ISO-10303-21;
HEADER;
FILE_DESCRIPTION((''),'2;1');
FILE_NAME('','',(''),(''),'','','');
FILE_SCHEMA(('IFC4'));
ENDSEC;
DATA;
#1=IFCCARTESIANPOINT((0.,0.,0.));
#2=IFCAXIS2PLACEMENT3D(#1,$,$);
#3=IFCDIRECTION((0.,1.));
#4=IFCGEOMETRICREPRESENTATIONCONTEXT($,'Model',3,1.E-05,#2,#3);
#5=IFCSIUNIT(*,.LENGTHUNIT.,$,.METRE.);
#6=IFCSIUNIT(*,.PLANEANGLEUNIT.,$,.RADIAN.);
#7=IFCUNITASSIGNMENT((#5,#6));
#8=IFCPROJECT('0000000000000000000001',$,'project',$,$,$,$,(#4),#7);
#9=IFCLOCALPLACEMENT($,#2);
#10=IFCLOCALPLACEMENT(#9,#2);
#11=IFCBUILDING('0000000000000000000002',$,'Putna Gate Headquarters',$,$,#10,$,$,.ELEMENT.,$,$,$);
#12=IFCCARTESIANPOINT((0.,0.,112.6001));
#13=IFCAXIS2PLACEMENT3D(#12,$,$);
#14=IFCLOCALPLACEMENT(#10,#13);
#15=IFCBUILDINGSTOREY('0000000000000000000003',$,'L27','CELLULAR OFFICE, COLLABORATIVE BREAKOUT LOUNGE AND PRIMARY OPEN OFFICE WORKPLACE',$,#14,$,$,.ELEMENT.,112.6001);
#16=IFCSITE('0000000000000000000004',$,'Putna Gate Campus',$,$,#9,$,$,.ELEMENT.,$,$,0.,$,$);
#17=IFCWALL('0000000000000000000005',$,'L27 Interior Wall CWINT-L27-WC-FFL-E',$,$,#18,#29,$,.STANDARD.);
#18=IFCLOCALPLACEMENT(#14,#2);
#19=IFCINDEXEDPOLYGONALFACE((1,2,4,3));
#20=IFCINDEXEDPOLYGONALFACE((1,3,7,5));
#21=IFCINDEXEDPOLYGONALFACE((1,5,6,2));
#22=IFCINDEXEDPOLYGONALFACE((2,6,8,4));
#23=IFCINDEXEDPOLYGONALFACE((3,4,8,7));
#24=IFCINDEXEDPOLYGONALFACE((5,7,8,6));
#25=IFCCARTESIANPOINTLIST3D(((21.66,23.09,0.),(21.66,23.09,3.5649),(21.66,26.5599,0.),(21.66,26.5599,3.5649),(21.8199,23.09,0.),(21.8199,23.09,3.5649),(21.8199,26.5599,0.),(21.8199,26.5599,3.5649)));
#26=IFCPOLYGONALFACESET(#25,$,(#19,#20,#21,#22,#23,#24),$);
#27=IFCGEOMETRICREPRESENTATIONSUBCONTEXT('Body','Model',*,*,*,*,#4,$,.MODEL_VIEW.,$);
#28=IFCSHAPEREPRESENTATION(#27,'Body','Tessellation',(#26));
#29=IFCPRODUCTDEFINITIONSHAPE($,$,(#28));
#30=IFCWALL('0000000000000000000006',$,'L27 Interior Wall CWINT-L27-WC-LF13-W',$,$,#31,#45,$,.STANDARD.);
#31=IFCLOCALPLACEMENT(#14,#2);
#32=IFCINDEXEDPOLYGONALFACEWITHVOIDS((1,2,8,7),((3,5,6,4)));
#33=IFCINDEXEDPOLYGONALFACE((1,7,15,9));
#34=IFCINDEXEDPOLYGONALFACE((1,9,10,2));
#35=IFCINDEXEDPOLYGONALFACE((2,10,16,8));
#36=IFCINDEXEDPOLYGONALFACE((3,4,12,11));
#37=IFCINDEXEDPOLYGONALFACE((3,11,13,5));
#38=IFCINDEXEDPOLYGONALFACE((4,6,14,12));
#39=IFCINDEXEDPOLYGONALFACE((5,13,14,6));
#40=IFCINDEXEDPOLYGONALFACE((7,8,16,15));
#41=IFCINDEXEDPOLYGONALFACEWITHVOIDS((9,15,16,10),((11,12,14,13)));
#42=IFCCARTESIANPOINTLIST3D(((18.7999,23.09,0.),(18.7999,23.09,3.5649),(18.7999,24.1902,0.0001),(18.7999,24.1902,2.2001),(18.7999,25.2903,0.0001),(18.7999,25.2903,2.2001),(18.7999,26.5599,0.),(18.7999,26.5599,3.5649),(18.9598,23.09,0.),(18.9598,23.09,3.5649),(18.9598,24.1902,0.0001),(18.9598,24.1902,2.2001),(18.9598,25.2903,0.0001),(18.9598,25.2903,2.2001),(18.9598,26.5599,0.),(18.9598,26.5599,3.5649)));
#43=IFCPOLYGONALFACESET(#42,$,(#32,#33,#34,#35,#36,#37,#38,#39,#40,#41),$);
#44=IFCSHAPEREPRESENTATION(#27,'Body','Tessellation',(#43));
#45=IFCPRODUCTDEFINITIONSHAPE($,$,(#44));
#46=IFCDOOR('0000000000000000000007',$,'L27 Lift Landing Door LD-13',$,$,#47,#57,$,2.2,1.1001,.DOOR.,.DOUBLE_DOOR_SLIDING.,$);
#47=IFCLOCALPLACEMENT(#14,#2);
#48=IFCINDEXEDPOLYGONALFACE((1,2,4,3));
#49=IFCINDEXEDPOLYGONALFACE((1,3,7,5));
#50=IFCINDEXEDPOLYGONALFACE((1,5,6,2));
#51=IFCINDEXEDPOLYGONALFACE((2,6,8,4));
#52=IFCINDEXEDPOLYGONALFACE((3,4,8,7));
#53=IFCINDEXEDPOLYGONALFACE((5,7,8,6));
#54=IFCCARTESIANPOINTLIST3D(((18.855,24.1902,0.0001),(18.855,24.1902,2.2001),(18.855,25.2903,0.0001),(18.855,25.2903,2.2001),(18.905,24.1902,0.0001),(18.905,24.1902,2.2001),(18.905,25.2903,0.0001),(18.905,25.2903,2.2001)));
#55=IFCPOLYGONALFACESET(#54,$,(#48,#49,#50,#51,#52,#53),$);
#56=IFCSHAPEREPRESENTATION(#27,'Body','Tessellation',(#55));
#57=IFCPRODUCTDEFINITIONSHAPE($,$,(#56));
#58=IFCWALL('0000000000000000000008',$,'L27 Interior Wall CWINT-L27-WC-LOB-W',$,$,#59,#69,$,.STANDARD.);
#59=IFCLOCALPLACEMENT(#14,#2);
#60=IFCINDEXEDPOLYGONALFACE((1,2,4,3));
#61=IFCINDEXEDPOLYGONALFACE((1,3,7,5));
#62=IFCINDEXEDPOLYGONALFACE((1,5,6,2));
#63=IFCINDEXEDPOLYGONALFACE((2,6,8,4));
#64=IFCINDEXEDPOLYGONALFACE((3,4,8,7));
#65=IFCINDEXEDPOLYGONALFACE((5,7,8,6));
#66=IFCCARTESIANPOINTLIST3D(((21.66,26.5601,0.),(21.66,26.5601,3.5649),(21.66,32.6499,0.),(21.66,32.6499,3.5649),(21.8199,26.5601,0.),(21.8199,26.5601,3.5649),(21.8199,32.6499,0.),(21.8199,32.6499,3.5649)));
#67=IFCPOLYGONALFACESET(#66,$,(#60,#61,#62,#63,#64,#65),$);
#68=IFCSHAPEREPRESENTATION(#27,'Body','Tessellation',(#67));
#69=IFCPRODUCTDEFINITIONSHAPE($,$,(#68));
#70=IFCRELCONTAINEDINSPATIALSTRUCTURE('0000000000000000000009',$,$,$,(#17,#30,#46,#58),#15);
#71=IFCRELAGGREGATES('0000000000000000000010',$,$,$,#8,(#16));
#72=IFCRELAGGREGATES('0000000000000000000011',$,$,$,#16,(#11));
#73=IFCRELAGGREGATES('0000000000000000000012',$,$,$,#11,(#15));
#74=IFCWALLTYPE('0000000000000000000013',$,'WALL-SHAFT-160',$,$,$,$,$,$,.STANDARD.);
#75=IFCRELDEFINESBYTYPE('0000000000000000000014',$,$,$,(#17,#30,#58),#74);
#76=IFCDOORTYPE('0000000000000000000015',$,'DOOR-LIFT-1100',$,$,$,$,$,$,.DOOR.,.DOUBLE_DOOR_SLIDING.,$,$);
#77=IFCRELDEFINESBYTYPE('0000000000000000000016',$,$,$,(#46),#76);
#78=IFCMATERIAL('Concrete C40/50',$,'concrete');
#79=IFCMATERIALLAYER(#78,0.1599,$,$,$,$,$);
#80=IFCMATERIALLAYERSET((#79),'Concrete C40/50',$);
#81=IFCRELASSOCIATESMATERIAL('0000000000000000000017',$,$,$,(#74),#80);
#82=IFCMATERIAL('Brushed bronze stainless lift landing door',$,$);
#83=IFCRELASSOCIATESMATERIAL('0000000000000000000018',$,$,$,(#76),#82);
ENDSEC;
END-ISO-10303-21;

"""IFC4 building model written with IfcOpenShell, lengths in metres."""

from ifc_helpers import new_model, si_unit, direction, frame, frame_2d, origin, place, context, subcontext, project, spatial, rectangle, extrude, material, layer, layer_set, type_object, element, fill, save


model = new_model("IFC4")

# Units and contexts
model_context = context("Model", 3, precision=1e-05, world=origin(), true_north=direction((0.0, 1.0)))
body_context = subcontext(model_context, "Body", "Model", "MODEL_VIEW")
ifc_project = project(units=[si_unit("LENGTHUNIT", "METRE"), si_unit("PLANEANGLEUNIT", "RADIAN")], contexts=[model_context])

# Site, building, storey
site_placement = place(None, origin())
site = spatial("IfcSite", under=ifc_project, at=site_placement, Name="Putna Gate Campus", CompositionType="ELEMENT", RefElevation=0.0)
building_placement = place(site_placement, origin())
building = spatial("IfcBuilding", under=site, at=building_placement, Name="Putna Gate Headquarters", CompositionType="ELEMENT")
storey_placement = place(building_placement, frame((0.0, 0.0, 112.6001)))
storey = spatial("IfcBuildingStorey", under=building, at=storey_placement, Name="L27", Description="CELLULAR OFFICE, COLLABORATIVE BREAKOUT LOUNGE AND PRIMARY OPEN OFFICE WORKPLACE", CompositionType="ELEMENT", Elevation=112.6001)

# Wall
ifc_material_1 = material(Name="Concrete C40/50", Category="concrete")
ifc_layer_1 = layer(ifc_material_1, 0.1599)
ifc_layer_set_1 = layer_set([ifc_layer_1], Name="Concrete C40/50")
wall_type_1 = type_object("IfcWallType", Name="WALL-SHAFT-160", PredefinedType="STANDARD", material=ifc_layer_set_1)
wall_1_placement = place(storey_placement, frame((21.74, 23.0901, 0.0), z_axis=(0.0, 0.0, 1.0), x_axis=(0.0, 1.0, 0.0)))
element("IfcWall", 1, at=wall_1_placement, inside=storey, type_object=wall_type_1, Name="L27 Interior Wall CWINT-L27-WC-FFL-E", PredefinedType="STANDARD", context=body_context, shape_type="SweptSolid", body=[
    extrude(rectangle(XDim=3.47, YDim=0.1599, at=frame_2d((1.7349, 0.0))), origin(), (0.0, 0.0, 1.0), 3.5649),
])

# Wall, opening, door
wall_2_placement = place(storey_placement, frame((18.8799, 23.0901, 0.0), z_axis=(0.0, 0.0, 1.0), x_axis=(0.0, 1.0, 0.0)))
wall_2 = element("IfcWall", 2, at=wall_2_placement, inside=storey, type_object=wall_type_1, Name="L27 Interior Wall CWINT-L27-WC-LF13-W", PredefinedType="STANDARD", context=body_context, shape_type="SweptSolid", body=[
    extrude(rectangle(XDim=3.47, YDim=0.1599, at=frame_2d((1.7349, 0.0))), origin(), (0.0, 0.0, 1.0), 3.5649),
])
opening_1_placement = place(wall_2_placement, frame((1.1001, 0.0, 0.0)))
opening_1 = element("IfcOpeningElement", 3, at=opening_1_placement, cuts=wall_2, PredefinedType="OPENING", context=body_context, shape_type="SweptSolid", body=[
    extrude(rectangle(XDim=1.1001, YDim=2.2, at=frame_2d((0.55, 1.1001))), frame((0.0, 0.0898, 0.0), z_axis=(0.0, -1.0, 0.0), x_axis=(1.0, 0.0, 0.0)), (0.0, 0.0, 1.0), 0.1799),
])
ifc_material_2 = material(Name="Brushed bronze stainless lift landing door")
door_type_1 = type_object("IfcDoorType", Name="DOOR-LIFT-1100", OperationType="DOUBLE_DOOR_SLIDING", PredefinedType="DOOR", material=ifc_material_2)
door_1_placement = place(opening_1_placement, origin())
door_1 = element("IfcDoor", 4, at=door_1_placement, inside=storey, type_object=door_type_1, Name="L27 Lift Landing Door LD-13", OperationType="DOUBLE_DOOR_SLIDING", OverallHeight=2.2, OverallWidth=1.1001, PredefinedType="DOOR", context=body_context, shape_type="SweptSolid", body=[
    extrude(rectangle(XDim=1.1001, YDim=2.2, at=frame_2d((0.55, 1.1001))), frame((0.0, 0.0249, 0.0), z_axis=(0.0, -1.0, 0.0), x_axis=(1.0, 0.0, 0.0)), (0.0, 0.0, 1.0), 0.05),
])
fill(opening_1, door_1)

# Wall
wall_3_placement = place(storey_placement, frame((21.74, 26.5601, 0.0), z_axis=(0.0, 0.0, 1.0), x_axis=(0.0, 1.0, 0.0)))
element("IfcWall", 5, at=wall_3_placement, inside=storey, type_object=wall_type_1, Name="L27 Interior Wall CWINT-L27-WC-LOB-W", PredefinedType="STANDARD", context=body_context, shape_type="SweptSolid", body=[
    extrude(rectangle(XDim=6.0898, YDim=0.1599, at=frame_2d((3.0449, 0.0))), origin(), (0.0, 0.0, 1.0), 3.5649),
])

save(model, "model.ifc")
